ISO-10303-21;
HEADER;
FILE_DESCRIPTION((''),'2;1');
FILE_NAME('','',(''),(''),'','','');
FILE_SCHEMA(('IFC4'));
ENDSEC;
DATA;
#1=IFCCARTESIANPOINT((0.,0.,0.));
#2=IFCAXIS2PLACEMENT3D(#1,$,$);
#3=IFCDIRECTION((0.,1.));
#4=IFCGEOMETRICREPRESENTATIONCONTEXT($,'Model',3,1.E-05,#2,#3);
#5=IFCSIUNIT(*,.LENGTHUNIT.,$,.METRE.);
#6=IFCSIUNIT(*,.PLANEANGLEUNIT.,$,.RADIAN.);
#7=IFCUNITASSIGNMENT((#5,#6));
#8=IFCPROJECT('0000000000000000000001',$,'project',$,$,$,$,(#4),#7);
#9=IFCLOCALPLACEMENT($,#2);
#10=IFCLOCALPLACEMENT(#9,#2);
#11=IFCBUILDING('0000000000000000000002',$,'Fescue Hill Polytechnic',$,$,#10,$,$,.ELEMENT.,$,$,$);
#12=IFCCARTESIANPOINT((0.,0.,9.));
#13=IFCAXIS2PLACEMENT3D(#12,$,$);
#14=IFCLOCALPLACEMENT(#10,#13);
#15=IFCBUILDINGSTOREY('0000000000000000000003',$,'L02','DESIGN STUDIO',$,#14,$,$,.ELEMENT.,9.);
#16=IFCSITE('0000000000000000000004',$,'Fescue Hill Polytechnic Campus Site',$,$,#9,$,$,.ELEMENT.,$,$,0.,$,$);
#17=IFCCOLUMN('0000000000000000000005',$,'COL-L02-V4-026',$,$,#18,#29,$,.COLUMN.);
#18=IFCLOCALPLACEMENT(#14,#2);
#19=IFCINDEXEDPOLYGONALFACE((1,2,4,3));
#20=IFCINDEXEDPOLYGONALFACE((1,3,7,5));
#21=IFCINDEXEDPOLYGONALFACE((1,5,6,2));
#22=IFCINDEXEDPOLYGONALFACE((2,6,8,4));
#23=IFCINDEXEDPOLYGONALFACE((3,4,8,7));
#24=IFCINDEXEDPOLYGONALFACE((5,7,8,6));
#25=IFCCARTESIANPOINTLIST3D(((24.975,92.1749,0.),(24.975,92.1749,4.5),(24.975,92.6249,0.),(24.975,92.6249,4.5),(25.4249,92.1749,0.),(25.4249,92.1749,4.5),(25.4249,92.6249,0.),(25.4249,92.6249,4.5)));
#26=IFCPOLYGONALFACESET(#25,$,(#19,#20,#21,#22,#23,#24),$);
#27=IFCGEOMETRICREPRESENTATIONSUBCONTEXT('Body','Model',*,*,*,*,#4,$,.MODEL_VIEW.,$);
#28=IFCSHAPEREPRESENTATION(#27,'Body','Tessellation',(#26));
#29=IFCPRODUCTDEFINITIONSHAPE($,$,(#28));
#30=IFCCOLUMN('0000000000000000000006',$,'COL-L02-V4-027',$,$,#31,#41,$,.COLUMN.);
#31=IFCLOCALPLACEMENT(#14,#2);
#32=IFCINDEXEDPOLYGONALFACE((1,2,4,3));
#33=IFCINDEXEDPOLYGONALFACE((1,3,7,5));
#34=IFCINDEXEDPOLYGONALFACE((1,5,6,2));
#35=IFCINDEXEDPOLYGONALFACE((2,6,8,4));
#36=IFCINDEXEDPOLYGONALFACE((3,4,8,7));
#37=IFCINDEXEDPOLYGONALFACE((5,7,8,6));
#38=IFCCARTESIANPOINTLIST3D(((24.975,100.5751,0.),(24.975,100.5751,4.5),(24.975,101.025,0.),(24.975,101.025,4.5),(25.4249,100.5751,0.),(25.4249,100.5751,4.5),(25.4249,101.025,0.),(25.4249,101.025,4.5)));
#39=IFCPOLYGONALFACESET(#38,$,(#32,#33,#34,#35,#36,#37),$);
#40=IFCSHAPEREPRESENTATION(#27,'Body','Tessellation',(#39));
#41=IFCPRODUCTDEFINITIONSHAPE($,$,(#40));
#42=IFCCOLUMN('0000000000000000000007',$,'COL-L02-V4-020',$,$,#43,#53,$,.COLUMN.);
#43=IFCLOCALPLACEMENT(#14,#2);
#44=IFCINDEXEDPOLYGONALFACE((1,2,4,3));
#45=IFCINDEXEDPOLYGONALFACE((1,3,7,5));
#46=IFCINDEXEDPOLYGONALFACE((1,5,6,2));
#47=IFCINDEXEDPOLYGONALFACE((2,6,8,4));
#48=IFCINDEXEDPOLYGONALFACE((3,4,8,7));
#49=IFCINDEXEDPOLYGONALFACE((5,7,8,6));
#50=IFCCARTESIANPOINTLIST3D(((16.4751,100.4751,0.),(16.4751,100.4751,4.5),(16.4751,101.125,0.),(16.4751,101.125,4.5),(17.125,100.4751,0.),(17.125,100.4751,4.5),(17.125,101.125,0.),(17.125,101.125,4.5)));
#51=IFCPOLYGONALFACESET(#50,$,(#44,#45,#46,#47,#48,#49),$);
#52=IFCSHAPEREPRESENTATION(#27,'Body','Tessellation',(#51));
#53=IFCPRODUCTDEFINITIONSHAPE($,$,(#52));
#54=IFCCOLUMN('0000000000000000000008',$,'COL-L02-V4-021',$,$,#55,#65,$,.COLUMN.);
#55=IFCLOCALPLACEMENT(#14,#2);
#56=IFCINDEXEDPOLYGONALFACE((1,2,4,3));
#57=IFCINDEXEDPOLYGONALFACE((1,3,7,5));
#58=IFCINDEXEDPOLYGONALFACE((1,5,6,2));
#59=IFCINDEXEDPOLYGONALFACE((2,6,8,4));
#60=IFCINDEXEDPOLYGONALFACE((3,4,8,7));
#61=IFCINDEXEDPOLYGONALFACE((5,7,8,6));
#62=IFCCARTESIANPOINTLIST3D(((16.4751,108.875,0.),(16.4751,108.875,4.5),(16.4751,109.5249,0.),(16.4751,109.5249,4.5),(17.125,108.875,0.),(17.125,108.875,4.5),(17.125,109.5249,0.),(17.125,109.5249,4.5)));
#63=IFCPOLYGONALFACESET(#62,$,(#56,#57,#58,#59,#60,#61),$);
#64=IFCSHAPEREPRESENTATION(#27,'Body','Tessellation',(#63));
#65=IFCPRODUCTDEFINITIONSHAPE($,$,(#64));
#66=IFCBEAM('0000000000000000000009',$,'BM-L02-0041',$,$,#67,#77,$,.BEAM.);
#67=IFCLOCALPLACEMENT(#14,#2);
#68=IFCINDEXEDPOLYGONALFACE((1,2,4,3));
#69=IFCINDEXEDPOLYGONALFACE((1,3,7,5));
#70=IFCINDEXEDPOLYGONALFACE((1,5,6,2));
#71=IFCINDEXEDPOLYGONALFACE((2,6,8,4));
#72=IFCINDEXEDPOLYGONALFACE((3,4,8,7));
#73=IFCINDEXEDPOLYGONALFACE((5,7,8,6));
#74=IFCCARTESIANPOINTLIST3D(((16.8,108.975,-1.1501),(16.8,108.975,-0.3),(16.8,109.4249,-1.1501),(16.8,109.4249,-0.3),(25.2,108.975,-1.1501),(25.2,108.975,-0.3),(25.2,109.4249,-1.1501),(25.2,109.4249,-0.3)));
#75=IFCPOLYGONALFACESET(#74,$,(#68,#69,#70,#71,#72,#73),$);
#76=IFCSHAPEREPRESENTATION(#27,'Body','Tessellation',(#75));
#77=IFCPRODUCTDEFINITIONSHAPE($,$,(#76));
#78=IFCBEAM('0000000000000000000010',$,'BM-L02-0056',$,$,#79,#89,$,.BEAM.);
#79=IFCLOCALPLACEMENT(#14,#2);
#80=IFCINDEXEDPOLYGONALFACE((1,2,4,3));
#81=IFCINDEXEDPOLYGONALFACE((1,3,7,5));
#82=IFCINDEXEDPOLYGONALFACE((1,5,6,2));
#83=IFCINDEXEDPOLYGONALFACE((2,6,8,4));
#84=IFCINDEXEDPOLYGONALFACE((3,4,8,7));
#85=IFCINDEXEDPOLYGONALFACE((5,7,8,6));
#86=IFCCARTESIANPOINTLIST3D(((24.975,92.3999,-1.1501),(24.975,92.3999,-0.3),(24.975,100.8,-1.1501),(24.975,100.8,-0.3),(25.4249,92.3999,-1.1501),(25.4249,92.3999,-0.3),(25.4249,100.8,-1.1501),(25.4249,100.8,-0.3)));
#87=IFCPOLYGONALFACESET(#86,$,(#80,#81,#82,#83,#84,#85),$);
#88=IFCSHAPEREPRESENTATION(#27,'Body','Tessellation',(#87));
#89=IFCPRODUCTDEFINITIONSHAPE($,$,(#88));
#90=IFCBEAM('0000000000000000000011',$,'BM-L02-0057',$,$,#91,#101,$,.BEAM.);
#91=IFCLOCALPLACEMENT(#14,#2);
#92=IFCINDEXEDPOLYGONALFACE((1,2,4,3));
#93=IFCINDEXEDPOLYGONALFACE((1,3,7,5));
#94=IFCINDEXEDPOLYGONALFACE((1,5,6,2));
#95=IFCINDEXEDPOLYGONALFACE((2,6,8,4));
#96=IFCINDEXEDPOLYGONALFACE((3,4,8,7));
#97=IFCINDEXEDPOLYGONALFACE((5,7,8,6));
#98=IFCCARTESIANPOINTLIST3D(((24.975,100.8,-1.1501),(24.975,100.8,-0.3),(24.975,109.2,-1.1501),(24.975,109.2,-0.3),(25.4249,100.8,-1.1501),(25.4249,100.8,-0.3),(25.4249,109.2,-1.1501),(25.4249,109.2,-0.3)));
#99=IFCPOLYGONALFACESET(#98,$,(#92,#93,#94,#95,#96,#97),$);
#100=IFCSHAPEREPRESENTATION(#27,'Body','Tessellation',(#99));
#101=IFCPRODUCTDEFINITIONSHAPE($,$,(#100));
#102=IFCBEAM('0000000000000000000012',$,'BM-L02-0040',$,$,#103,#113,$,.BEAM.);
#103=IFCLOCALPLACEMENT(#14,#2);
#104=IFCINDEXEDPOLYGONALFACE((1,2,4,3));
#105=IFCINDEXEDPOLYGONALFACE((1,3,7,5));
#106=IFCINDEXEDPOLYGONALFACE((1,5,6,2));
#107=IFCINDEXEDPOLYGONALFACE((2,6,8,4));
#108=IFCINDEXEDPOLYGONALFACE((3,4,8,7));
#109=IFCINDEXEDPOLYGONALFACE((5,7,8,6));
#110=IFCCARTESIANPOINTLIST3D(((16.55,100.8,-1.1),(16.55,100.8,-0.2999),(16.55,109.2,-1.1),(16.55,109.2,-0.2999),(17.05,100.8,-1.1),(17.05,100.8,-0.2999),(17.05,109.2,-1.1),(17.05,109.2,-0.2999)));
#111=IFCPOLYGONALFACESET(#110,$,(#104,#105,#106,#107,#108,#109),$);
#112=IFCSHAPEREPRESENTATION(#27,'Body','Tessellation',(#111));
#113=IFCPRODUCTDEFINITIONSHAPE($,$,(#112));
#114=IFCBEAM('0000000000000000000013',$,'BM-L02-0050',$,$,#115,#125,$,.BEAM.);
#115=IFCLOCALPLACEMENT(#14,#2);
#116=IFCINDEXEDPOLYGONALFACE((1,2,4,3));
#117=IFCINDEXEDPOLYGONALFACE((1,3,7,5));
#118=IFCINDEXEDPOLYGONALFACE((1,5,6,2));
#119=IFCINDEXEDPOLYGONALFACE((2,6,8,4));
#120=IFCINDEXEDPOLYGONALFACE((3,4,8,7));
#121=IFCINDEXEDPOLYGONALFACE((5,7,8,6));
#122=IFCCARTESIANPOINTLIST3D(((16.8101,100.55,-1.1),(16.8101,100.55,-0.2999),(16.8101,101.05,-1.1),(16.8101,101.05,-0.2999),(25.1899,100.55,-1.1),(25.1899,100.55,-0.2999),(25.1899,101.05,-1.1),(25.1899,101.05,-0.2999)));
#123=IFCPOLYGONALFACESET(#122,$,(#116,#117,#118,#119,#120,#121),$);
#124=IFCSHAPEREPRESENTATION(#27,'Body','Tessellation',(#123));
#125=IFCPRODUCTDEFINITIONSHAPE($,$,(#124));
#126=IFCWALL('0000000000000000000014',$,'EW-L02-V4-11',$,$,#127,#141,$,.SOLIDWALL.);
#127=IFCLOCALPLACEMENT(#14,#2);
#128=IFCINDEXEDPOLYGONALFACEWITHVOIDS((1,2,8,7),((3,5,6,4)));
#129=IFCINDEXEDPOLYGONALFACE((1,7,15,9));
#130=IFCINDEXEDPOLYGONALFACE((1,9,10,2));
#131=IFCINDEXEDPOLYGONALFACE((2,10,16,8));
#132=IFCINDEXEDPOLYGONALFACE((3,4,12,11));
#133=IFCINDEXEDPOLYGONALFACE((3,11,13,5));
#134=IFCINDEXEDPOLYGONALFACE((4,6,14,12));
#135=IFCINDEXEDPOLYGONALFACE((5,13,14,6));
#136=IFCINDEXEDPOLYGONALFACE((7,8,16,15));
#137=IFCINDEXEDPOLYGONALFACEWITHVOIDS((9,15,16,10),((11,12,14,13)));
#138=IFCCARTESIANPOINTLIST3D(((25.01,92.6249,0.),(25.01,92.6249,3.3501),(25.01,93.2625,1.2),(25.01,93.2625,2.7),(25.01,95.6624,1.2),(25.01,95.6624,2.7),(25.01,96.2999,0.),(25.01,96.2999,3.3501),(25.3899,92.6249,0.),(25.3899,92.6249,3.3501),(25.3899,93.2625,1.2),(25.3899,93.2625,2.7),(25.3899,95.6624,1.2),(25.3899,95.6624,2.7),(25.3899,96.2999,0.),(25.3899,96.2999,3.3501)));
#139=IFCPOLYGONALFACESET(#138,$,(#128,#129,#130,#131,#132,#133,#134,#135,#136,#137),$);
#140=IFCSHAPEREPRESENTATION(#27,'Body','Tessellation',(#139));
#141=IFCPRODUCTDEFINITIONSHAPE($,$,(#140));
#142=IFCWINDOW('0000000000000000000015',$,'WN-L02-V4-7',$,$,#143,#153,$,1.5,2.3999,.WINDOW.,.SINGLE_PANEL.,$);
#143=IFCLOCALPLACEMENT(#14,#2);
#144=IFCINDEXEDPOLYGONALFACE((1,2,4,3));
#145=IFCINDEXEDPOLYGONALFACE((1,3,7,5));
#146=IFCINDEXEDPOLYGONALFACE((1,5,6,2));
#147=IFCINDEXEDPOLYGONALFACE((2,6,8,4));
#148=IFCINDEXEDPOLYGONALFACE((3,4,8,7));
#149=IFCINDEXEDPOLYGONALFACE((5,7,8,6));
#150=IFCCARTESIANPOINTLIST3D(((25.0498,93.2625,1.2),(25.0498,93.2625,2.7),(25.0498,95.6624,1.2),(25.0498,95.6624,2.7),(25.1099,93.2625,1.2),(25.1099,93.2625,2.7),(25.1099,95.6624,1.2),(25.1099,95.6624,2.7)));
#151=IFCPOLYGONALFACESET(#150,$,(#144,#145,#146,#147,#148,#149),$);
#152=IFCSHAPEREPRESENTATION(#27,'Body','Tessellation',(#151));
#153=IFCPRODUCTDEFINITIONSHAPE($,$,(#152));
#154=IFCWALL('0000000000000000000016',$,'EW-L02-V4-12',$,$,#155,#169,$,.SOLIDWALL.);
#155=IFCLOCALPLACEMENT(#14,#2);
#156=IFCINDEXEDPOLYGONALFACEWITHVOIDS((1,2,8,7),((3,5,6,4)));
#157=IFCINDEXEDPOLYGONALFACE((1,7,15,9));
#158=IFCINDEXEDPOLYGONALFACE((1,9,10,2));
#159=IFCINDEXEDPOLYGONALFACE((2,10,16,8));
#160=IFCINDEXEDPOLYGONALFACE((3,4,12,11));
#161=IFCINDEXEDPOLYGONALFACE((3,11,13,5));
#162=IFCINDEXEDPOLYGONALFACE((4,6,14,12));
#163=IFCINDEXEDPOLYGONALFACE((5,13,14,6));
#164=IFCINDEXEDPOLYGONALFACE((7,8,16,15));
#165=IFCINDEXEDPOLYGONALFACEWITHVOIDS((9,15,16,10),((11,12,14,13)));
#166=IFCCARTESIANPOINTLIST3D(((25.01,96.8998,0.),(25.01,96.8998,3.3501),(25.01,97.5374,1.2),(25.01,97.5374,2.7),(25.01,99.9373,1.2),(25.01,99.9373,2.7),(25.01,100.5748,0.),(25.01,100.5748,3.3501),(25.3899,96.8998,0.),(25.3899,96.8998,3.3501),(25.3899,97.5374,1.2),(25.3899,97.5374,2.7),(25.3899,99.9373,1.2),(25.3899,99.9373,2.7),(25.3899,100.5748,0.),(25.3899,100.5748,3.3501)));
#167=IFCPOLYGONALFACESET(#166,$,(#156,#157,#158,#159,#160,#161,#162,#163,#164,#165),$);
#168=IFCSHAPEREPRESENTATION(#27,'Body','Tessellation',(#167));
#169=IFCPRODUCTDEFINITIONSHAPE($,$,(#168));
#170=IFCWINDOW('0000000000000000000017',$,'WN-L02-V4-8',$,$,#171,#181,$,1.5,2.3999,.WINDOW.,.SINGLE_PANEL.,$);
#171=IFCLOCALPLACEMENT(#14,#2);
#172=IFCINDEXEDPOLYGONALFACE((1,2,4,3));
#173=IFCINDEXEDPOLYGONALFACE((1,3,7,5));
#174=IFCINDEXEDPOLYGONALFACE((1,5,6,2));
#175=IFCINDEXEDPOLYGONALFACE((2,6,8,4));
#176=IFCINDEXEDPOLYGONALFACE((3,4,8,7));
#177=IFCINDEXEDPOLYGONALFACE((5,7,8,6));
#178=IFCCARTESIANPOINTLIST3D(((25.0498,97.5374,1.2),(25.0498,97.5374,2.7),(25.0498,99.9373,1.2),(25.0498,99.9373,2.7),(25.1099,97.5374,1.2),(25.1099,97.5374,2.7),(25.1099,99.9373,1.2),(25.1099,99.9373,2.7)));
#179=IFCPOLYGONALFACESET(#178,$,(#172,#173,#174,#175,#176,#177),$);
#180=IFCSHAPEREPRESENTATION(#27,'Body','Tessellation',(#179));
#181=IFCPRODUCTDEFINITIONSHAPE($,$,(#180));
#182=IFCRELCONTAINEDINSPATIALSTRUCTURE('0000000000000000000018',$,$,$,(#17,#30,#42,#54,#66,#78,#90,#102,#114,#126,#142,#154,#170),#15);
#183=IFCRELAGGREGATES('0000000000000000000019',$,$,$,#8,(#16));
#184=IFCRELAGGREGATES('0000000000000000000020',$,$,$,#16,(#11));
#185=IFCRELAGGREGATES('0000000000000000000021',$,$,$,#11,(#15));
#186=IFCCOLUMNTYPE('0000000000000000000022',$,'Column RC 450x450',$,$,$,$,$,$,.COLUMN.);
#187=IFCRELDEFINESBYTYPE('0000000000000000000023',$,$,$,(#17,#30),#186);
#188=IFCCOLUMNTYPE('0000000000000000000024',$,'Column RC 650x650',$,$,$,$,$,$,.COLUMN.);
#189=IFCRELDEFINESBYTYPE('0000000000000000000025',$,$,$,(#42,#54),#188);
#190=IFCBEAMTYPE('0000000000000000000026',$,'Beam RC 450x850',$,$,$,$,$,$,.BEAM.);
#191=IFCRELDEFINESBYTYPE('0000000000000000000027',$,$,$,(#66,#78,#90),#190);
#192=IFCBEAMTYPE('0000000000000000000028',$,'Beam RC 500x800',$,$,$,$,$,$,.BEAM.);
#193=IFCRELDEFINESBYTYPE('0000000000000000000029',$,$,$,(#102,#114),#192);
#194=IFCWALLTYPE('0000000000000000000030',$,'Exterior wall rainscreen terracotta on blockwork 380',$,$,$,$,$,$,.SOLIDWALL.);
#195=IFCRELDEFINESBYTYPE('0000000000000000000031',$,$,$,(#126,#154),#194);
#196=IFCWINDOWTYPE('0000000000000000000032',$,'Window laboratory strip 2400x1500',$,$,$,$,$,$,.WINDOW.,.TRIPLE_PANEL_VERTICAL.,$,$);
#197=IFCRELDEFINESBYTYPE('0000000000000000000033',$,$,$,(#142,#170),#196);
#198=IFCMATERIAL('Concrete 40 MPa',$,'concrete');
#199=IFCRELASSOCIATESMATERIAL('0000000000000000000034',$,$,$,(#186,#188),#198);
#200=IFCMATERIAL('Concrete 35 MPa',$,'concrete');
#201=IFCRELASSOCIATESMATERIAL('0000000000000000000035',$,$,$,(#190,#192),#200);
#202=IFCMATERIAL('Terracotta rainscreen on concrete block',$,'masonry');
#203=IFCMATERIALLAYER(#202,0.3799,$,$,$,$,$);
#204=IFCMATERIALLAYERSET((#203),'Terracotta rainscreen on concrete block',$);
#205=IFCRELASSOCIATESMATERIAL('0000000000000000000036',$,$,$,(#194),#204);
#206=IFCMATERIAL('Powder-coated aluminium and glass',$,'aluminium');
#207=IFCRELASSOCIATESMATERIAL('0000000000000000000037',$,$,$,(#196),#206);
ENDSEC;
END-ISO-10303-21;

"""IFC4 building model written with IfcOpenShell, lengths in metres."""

from ifc_helpers import new_model, si_unit, direction, frame, frame_2d, origin, origin_2d, place, context, subcontext, project, spatial, rectangle, extrude, material, layer, layer_set, material_profile, profile_set, type_object, element, fill, save


model = new_model("IFC4")

# Units and contexts
model_context = context("Model", 3, precision=1e-05, world=origin(), true_north=direction((0.0, 1.0)))
body_context = subcontext(model_context, "Body", "Model", "MODEL_VIEW")
ifc_project = project(units=[si_unit("LENGTHUNIT", "METRE"), si_unit("PLANEANGLEUNIT", "RADIAN")], contexts=[model_context])

# Site, building, storey
site_placement = place(None, origin())
site = spatial("IfcSite", under=ifc_project, at=site_placement, Name="Fescue Hill Polytechnic Campus Site", CompositionType="ELEMENT", RefElevation=0.0)
building_placement = place(site_placement, origin())
building = spatial("IfcBuilding", under=site, at=building_placement, Name="Fescue Hill Polytechnic", CompositionType="ELEMENT")
storey_placement = place(building_placement, frame((0.0, 0.0, 9.0)))
storey = spatial("IfcBuildingStorey", under=building, at=storey_placement, Name="L02", Description="DESIGN STUDIO", CompositionType="ELEMENT", Elevation=9.0)

# Columns
ifc_material_1 = material(Name="Concrete 40 MPa", Category="concrete")
ifc_material_profile_1 = material_profile(ifc_material_1, rectangle(XDim=0.45, YDim=0.45, at=origin_2d()), Name="RC 450x450")
ifc_profile_set_1 = profile_set([ifc_material_profile_1], Name="Concrete 40 MPa")
column_type_1 = type_object("IfcColumnType", Name="Column RC 450x450", PredefinedType="COLUMN", material=ifc_profile_set_1)
for number, where, z_axis, x_axis, name in (
    (1, (25.2, 92.3999, 0.0), (0.0, 0.0, 1.0), (1.0, 0.0, 0.0), "COL-L02-V4-026"),
    (2, (25.2, 100.8, 0.0), (0.0, 0.0, 1.0), (1.0, 0.0, 0.0), "COL-L02-V4-027"),
):
    element("IfcColumn", number, at=place(storey_placement, frame(where, z_axis=z_axis, x_axis=x_axis)), inside=storey, type_object=column_type_1, Name=name, PredefinedType="COLUMN", context=body_context, shape_type="SweptSolid", body=[
        extrude(rectangle(XDim=0.45, YDim=0.45, at=origin_2d()), origin(), (0.0, 0.0, 1.0), 4.5),
    ])
ifc_material_profile_2 = material_profile(ifc_material_1, rectangle(XDim=0.6499, YDim=0.6499, at=origin_2d()), Name="RC 650x650")
ifc_profile_set_2 = profile_set([ifc_material_profile_2], Name="Concrete 40 MPa")
column_type_2 = type_object("IfcColumnType", Name="Column RC 650x650", PredefinedType="COLUMN", material=ifc_profile_set_2)
for number, where, z_axis, x_axis, name in (
    (3, (16.8, 100.8, 0.0), (0.0, 0.0, 1.0), (1.0, 0.0, 0.0), "COL-L02-V4-020"),
    (4, (16.8, 109.2, 0.0), (0.0, 0.0, 1.0), (1.0, 0.0, 0.0), "COL-L02-V4-021"),
):
    element("IfcColumn", number, at=place(storey_placement, frame(where, z_axis=z_axis, x_axis=x_axis)), inside=storey, type_object=column_type_2, Name=name, PredefinedType="COLUMN", context=body_context, shape_type="SweptSolid", body=[
        extrude(rectangle(XDim=0.6499, YDim=0.6499, at=origin_2d()), origin(), (0.0, 0.0, 1.0), 4.5),
    ])

# Beams
ifc_material_2 = material(Name="Concrete 35 MPa", Category="concrete")
ifc_material_profile_3 = material_profile(ifc_material_2, rectangle(XDim=0.45, YDim=0.8501, at=origin_2d()), Name="RC 450x850")
ifc_profile_set_3 = profile_set([ifc_material_profile_3], Name="Concrete 35 MPa")
beam_type_1 = type_object("IfcBeamType", Name="Beam RC 450x850", PredefinedType="BEAM", material=ifc_profile_set_3)
beam_1_placement = place(storey_placement, frame((16.8, 109.2, -0.7251), z_axis=(1.0, 0.0, 0.0), x_axis=(0.0, 1.0, 0.0)))
element("IfcBeam", 5, at=beam_1_placement, inside=storey, type_object=beam_type_1, Name="BM-L02-0041", PredefinedType="BEAM", context=body_context, shape_type="SweptSolid", body=[
    extrude(rectangle(XDim=0.45, YDim=0.8501, at=origin_2d()), origin(), (0.0, 0.0, 1.0), 8.3999),
])
beam_2_placement = place(storey_placement, frame((25.2, 92.3999, -0.7251), z_axis=(0.0, 1.0, 0.0), x_axis=(-1.0, 0.0, 0.0)))
element("IfcBeam", 6, at=beam_2_placement, inside=storey, type_object=beam_type_1, Name="BM-L02-0056", PredefinedType="BEAM", context=body_context, shape_type="SweptSolid", body=[
    extrude(rectangle(XDim=0.45, YDim=0.8501, at=origin_2d()), origin(), (0.0, 0.0, 1.0), 8.4001),
])
beam_3_placement = place(storey_placement, frame((25.2, 100.8, -0.7251), z_axis=(0.0, 1.0, 0.0), x_axis=(-1.0, 0.0, 0.0)))
element("IfcBeam", 7, at=beam_3_placement, inside=storey, type_object=beam_type_1, Name="BM-L02-0057", PredefinedType="BEAM", context=body_context, shape_type="SweptSolid", body=[
    extrude(rectangle(XDim=0.45, YDim=0.8501, at=origin_2d()), origin(), (0.0, 0.0, 1.0), 8.3999),
])
ifc_material_profile_4 = material_profile(ifc_material_2, rectangle(XDim=0.5, YDim=0.8, at=origin_2d()), Name="RC 500x800")
ifc_profile_set_4 = profile_set([ifc_material_profile_4], Name="Concrete 35 MPa")
beam_type_2 = type_object("IfcBeamType", Name="Beam RC 500x800", PredefinedType="BEAM", material=ifc_profile_set_4)
beam_4_placement = place(storey_placement, frame((16.8, 100.8, -0.7), z_axis=(0.0, 1.0, 0.0), x_axis=(-1.0, 0.0, 0.0)))
element("IfcBeam", 8, at=beam_4_placement, inside=storey, type_object=beam_type_2, Name="BM-L02-0040", PredefinedType="BEAM", context=body_context, shape_type="SweptSolid", body=[
    extrude(rectangle(XDim=0.5, YDim=0.8, at=origin_2d()), origin(), (0.0, 0.0, 1.0), 8.3999),
])
beam_5_placement = place(storey_placement, frame((16.8101, 100.8, -0.7), z_axis=(1.0, 0.0, 0.0), x_axis=(0.0, 1.0, 0.0)))
element("IfcBeam", 9, at=beam_5_placement, inside=storey, type_object=beam_type_2, Name="BM-L02-0050", PredefinedType="BEAM", context=body_context, shape_type="SweptSolid", body=[
    extrude(rectangle(XDim=0.5, YDim=0.8, at=origin_2d()), origin(), (0.0, 0.0, 1.0), 8.3799),
])

# Walls, openings, windows
ifc_material_3 = material(Name="Terracotta rainscreen on concrete block", Category="masonry")
ifc_layer_1 = layer(ifc_material_3, 0.3799)
ifc_layer_set_1 = layer_set([ifc_layer_1], Name="Terracotta rainscreen on concrete block")
wall_type_1 = type_object("IfcWallType", Name="Exterior wall rainscreen terracotta on blockwork 380", PredefinedType="SOLIDWALL", material=ifc_layer_set_1)
wall_1_placement = place(storey_placement, frame((25.2, 92.625, 0.0), z_axis=(0.0, 0.0, 1.0), x_axis=(0.0, 1.0, 0.0)))
wall_1 = element("IfcWall", 10, at=wall_1_placement, inside=storey, type_object=wall_type_1, Name="EW-L02-V4-11", PredefinedType="SOLIDWALL", context=body_context, shape_type="SweptSolid", body=[
    extrude(rectangle(XDim=3.675, YDim=0.3799, at=frame_2d((1.8374, 0.0))), origin(), (0.0, 0.0, 1.0), 3.3501),
])
opening_1_placement = place(wall_1_placement, frame((0.6375, 0.0, 1.2)))
opening_1 = element("IfcOpeningElement", 11, at=opening_1_placement, cuts=wall_1, PredefinedType="OPENING", context=body_context, shape_type="SweptSolid", body=[
    extrude(rectangle(XDim=2.3999, YDim=1.5, at=frame_2d((1.2, 0.75))), frame((0.0, 0.2, 0.0), z_axis=(0.0, -1.0, 0.0), x_axis=(1.0, 0.0, 0.0)), (0.0, 0.0, 1.0), 0.3999),
])
ifc_material_4 = material(Name="Powder-coated aluminium and glass", Category="aluminium")
window_type_1 = type_object("IfcWindowType", Name="Window laboratory strip 2400x1500", PartitioningType="TRIPLE_PANEL_VERTICAL", PredefinedType="WINDOW", material=ifc_material_4)
window_1_placement = place(opening_1_placement, origin())
window_1 = element("IfcWindow", 12, at=window_1_placement, inside=storey, type_object=window_type_1, Name="WN-L02-V4-7", OverallHeight=1.5, OverallWidth=2.3999, PartitioningType="SINGLE_PANEL", PredefinedType="WINDOW", context=body_context, shape_type="SweptSolid", body=[
    extrude(rectangle(XDim=2.3999, YDim=1.5, at=frame_2d((1.2, 0.75))), frame((0.0, 0.1501, 0.0), z_axis=(0.0, -1.0, 0.0), x_axis=(1.0, 0.0, 0.0)), (0.0, 0.0, 1.0), 0.0601),
])
fill(opening_1, window_1)
wall_2_placement = place(storey_placement, frame((25.2, 96.8999, 0.0), z_axis=(0.0, 0.0, 1.0), x_axis=(0.0, 1.0, 0.0)))
wall_2 = element("IfcWall", 13, at=wall_2_placement, inside=storey, type_object=wall_type_1, Name="EW-L02-V4-12", PredefinedType="SOLIDWALL", context=body_context, shape_type="SweptSolid", body=[
    extrude(rectangle(XDim=3.675, YDim=0.3799, at=frame_2d((1.8374, 0.0))), origin(), (0.0, 0.0, 1.0), 3.3501),
])
opening_2_placement = place(wall_2_placement, frame((0.6375, 0.0, 1.2)))
opening_2 = element("IfcOpeningElement", 14, at=opening_2_placement, cuts=wall_2, PredefinedType="OPENING", context=body_context, shape_type="SweptSolid", body=[
    extrude(rectangle(XDim=2.3999, YDim=1.5, at=frame_2d((1.2, 0.75))), frame((0.0, 0.2, 0.0), z_axis=(0.0, -1.0, 0.0), x_axis=(1.0, 0.0, 0.0)), (0.0, 0.0, 1.0), 0.3999),
])
window_2_placement = place(opening_2_placement, origin())
window_2 = element("IfcWindow", 15, at=window_2_placement, inside=storey, type_object=window_type_1, Name="WN-L02-V4-8", OverallHeight=1.5, OverallWidth=2.3999, PartitioningType="SINGLE_PANEL", PredefinedType="WINDOW", context=body_context, shape_type="SweptSolid", body=[
    extrude(rectangle(XDim=2.3999, YDim=1.5, at=frame_2d((1.2, 0.75))), frame((0.0, 0.1501, 0.0), z_axis=(0.0, -1.0, 0.0), x_axis=(1.0, 0.0, 0.0)), (0.0, 0.0, 1.0), 0.0601),
])
fill(opening_2, window_2)

save(model, "model.ifc")
